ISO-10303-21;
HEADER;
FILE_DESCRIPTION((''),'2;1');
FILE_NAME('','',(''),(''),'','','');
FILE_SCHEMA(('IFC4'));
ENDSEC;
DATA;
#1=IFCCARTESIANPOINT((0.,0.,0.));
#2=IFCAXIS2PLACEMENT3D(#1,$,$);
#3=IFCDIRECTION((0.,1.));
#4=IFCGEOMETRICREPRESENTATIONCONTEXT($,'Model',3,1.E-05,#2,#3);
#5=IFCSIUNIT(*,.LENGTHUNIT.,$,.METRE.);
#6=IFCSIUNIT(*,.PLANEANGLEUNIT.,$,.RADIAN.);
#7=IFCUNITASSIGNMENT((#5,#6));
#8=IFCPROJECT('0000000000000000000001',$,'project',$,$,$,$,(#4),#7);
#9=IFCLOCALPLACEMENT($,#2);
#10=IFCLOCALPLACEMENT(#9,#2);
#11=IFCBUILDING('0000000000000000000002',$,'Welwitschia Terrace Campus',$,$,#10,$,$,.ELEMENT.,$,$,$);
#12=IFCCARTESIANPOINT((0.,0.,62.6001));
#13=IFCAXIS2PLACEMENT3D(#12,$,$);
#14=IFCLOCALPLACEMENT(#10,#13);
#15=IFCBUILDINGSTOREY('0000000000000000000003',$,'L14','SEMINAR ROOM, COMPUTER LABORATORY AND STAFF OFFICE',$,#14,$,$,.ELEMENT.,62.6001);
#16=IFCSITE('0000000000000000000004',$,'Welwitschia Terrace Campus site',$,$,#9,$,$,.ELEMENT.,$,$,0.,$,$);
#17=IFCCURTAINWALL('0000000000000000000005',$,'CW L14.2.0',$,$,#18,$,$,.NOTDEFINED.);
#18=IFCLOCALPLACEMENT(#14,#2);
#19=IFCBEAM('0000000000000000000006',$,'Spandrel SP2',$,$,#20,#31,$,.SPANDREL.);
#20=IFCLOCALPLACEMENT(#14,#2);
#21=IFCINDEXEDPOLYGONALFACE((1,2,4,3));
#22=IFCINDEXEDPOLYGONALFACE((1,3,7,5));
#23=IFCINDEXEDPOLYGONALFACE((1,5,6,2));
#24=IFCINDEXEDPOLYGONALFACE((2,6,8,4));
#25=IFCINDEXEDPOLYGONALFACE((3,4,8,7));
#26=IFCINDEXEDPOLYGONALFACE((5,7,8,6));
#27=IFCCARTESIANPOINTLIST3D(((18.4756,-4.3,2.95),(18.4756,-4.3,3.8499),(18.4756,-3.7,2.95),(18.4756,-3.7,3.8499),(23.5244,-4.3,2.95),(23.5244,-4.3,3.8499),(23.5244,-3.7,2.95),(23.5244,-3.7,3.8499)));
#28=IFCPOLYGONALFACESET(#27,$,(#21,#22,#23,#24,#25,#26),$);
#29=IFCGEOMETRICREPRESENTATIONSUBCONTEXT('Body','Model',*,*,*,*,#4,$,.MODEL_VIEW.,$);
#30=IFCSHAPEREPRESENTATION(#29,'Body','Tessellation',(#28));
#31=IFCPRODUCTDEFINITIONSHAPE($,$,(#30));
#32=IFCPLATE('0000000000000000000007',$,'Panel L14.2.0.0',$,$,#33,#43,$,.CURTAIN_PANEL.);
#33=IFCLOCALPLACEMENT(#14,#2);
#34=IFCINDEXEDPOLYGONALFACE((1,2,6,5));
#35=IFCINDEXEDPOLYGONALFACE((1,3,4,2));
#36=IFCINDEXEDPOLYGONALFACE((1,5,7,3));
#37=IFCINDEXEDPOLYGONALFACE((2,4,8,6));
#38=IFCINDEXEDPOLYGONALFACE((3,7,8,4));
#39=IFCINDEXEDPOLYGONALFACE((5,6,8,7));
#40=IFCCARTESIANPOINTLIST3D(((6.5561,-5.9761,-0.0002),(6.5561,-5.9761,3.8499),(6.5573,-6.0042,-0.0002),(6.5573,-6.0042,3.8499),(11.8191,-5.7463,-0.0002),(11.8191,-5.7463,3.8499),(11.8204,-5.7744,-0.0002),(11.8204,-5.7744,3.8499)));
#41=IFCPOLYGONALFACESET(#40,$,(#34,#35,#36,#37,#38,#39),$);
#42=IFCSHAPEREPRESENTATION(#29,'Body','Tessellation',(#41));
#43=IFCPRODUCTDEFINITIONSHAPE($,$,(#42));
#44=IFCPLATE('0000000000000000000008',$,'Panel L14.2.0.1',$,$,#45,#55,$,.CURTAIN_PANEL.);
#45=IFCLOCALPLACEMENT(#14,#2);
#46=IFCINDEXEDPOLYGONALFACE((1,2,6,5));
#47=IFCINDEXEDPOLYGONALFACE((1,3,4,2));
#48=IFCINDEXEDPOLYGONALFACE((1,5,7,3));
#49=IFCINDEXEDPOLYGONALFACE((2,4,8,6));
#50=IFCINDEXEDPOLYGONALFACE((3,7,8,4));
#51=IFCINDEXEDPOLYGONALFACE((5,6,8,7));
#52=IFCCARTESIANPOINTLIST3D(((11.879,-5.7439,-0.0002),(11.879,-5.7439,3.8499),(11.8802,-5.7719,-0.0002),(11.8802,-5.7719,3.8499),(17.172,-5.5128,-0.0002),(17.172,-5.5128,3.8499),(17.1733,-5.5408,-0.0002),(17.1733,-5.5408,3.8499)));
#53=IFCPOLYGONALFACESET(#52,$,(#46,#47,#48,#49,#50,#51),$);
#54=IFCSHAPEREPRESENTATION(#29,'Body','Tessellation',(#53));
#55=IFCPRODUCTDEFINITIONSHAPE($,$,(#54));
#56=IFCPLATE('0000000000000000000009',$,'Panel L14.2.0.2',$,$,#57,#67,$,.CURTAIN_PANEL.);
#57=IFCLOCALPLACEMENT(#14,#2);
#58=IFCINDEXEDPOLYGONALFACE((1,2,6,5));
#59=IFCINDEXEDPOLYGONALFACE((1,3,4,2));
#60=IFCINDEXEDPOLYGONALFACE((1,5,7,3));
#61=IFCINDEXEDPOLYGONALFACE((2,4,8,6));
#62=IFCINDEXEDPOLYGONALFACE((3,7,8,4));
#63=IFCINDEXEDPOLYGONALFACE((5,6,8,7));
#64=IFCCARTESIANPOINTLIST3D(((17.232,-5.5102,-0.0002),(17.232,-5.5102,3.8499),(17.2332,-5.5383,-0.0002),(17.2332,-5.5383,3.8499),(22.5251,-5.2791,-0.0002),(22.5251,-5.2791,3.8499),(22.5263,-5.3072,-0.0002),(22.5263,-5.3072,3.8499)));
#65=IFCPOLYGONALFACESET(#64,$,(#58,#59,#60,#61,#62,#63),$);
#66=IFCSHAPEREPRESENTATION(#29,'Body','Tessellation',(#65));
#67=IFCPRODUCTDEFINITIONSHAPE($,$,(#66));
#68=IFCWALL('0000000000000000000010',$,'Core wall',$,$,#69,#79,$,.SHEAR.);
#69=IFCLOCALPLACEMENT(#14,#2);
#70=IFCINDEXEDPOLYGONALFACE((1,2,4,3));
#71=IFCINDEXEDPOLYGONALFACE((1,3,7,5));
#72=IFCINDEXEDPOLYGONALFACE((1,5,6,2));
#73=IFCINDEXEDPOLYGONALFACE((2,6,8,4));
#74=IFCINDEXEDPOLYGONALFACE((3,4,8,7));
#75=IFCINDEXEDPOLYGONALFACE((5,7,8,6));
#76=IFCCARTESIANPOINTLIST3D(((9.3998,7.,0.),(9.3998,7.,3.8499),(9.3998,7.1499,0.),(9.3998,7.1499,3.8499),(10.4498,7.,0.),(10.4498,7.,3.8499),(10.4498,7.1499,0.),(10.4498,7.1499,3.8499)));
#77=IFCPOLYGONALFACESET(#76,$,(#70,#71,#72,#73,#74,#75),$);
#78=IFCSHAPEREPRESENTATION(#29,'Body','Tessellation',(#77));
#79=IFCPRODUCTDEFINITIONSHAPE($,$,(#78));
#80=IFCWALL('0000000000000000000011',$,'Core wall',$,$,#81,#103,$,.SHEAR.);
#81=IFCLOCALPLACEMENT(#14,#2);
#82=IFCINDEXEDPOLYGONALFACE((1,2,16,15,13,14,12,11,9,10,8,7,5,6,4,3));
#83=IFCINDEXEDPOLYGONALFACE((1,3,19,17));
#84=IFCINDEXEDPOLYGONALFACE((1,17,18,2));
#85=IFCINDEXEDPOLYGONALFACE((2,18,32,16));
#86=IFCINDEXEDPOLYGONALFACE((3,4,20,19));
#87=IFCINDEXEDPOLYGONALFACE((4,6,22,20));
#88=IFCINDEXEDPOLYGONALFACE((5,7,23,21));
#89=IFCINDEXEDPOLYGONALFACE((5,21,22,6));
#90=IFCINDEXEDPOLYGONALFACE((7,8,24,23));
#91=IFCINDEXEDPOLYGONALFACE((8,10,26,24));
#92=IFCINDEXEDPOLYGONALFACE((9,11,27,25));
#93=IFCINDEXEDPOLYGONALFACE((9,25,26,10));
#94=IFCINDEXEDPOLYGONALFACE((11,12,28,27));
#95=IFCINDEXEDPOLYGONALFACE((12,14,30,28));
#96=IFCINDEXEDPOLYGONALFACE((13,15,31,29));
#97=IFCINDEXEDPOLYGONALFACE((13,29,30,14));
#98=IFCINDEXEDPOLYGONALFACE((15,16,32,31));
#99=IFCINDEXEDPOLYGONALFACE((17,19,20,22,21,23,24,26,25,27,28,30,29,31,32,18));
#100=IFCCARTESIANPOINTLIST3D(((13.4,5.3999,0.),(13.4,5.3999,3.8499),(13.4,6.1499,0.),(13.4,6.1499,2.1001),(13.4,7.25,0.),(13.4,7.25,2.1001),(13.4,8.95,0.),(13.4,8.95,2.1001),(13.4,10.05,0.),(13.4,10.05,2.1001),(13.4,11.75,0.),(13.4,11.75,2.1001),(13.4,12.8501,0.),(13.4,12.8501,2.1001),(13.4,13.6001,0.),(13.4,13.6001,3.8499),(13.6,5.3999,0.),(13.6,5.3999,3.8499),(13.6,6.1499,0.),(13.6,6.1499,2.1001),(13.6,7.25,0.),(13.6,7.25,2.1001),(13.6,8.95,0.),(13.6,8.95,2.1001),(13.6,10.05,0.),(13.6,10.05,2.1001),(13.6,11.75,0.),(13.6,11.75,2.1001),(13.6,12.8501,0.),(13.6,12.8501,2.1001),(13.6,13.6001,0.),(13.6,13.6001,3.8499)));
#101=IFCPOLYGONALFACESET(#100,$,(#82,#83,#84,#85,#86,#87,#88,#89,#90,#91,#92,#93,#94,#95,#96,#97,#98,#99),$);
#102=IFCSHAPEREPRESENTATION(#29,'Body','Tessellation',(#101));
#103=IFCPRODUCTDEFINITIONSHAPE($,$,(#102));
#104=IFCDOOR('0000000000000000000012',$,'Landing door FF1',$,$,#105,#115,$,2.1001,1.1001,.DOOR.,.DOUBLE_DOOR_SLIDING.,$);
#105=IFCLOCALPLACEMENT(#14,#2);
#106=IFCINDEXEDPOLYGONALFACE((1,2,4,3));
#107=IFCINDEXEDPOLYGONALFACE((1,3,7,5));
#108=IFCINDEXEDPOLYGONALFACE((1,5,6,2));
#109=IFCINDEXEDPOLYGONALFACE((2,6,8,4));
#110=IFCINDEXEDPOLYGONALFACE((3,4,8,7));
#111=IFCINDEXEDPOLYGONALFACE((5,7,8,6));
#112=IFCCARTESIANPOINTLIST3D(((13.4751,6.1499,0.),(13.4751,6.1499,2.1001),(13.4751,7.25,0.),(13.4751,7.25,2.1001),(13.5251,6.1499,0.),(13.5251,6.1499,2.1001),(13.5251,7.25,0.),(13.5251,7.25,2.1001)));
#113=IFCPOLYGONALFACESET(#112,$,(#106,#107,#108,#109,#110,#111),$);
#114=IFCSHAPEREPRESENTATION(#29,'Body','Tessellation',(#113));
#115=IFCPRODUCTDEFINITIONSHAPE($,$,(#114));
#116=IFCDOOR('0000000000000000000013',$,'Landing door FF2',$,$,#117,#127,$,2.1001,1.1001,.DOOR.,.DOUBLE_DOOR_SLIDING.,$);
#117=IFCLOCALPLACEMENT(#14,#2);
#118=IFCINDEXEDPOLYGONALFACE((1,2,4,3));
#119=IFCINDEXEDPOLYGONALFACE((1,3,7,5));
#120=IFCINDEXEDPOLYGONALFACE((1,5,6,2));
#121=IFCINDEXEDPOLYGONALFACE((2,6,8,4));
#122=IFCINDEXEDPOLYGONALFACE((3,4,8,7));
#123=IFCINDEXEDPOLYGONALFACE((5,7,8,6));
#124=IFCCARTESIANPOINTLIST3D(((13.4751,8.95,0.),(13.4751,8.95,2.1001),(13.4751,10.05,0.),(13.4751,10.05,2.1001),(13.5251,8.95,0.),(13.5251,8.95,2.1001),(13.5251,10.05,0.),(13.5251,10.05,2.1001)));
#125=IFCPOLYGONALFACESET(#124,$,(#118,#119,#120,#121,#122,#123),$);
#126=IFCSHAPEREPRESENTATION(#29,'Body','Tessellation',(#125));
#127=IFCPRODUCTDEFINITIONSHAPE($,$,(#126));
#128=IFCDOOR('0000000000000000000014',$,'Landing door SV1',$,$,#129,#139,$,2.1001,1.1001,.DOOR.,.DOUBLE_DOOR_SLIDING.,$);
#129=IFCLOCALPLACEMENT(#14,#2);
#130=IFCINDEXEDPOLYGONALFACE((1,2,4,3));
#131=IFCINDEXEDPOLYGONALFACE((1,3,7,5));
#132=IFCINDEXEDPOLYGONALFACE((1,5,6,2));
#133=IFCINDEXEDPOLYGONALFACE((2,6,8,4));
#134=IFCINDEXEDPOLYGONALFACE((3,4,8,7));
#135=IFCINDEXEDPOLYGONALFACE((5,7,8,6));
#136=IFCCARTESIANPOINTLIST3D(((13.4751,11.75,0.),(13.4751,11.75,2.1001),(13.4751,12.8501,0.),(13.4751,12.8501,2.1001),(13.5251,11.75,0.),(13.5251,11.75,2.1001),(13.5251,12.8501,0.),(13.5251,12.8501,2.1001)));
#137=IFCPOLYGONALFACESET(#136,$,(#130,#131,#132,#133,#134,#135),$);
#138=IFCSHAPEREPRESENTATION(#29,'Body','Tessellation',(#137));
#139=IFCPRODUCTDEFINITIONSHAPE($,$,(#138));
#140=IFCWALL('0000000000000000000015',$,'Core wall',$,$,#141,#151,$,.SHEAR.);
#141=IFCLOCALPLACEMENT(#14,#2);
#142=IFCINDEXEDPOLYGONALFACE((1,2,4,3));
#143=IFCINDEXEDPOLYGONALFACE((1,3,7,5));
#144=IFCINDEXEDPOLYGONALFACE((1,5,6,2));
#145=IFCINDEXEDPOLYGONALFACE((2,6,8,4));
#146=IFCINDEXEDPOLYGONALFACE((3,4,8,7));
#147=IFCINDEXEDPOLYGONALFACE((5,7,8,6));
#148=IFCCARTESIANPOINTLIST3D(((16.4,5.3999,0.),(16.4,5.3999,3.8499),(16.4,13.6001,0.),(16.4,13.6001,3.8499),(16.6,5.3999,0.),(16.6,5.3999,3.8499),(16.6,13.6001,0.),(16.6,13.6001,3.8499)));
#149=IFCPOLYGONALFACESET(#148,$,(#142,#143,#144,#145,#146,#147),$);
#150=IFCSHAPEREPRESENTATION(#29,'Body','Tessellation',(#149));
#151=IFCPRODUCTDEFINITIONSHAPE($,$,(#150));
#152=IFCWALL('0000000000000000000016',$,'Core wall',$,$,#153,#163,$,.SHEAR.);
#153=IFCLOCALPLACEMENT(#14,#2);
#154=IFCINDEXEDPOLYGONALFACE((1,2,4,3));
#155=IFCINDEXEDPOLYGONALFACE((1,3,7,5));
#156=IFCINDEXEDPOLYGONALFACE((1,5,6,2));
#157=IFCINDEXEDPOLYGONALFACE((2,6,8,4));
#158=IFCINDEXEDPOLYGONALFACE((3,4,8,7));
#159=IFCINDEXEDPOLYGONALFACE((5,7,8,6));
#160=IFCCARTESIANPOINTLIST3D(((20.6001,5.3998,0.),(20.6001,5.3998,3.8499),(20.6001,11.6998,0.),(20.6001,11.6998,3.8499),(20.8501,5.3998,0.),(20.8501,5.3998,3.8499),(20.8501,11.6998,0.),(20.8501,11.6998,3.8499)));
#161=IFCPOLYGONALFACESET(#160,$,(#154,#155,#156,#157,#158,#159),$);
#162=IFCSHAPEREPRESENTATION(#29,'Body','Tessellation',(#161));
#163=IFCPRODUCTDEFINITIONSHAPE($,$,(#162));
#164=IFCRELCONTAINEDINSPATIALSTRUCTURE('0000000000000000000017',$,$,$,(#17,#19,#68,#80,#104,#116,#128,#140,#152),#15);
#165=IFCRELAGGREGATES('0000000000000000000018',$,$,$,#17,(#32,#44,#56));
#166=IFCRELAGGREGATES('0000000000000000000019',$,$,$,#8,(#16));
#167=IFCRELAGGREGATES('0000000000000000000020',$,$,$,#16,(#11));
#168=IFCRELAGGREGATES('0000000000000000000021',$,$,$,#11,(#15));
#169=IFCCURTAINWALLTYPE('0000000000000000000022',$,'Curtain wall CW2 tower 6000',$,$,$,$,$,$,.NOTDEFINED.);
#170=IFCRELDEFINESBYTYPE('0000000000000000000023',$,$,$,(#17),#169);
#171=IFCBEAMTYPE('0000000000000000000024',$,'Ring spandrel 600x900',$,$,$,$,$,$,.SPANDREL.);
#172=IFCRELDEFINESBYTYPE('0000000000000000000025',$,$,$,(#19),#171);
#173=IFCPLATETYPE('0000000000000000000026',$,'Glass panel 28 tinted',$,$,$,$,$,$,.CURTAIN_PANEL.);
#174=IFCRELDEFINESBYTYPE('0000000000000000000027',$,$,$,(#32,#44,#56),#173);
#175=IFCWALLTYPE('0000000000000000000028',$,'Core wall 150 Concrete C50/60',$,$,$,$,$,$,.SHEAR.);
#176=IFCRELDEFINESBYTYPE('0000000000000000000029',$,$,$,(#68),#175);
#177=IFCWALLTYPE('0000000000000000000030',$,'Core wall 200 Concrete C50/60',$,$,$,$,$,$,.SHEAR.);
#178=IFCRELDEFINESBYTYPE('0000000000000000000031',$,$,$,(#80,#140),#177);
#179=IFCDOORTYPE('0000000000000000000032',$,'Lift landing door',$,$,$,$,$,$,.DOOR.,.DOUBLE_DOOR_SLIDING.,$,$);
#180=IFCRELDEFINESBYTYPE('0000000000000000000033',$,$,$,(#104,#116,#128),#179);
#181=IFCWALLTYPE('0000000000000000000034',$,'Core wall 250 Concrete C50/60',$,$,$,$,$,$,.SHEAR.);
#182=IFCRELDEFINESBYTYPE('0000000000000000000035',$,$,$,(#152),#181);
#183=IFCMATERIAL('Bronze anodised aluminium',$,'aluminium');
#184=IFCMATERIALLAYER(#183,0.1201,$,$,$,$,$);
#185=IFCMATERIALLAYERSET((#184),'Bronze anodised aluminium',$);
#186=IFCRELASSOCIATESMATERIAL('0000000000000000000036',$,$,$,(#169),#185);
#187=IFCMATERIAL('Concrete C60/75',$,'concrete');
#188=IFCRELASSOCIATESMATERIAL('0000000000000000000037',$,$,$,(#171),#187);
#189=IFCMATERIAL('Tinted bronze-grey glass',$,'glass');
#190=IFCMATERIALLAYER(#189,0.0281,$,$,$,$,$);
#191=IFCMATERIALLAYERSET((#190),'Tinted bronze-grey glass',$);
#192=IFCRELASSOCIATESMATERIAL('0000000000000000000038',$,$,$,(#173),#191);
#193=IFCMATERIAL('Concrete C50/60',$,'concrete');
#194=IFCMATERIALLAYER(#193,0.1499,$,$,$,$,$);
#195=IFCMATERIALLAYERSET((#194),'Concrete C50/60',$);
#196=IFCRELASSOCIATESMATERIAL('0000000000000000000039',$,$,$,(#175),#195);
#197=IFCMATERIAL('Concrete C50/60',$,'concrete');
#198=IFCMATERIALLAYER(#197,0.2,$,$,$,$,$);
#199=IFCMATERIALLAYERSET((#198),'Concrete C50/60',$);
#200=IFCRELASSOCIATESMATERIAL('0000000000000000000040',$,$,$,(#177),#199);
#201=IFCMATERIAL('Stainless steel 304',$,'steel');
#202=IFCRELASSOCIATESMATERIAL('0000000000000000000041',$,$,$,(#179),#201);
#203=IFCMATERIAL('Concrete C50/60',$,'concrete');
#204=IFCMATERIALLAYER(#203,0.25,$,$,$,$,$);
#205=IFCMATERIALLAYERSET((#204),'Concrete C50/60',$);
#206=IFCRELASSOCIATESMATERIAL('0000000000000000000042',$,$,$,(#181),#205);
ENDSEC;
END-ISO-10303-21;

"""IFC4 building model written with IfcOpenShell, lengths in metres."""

from ifc_helpers import new_model, si_unit, direction, frame, frame_2d, origin, origin_2d, place, context, subcontext, project, spatial, rectangle, extrude, material, layer, layer_set, material_profile, profile_set, type_object, element, fill, aggregate, save


model = new_model("IFC4")

# Units and contexts
model_context = context("Model", 3, precision=1e-05, world=origin(), true_north=direction((0.0, 1.0)))
body_context = subcontext(model_context, "Body", "Model", "MODEL_VIEW")
ifc_project = project(units=[si_unit("LENGTHUNIT", "METRE"), si_unit("PLANEANGLEUNIT", "RADIAN")], contexts=[model_context])

# Site, building, storey
site_placement = place(None, origin())
site = spatial("IfcSite", under=ifc_project, at=site_placement, Name="Welwitschia Terrace Campus site", CompositionType="ELEMENT", RefElevation=0.0)
building_placement = place(site_placement, origin())
building = spatial("IfcBuilding", under=site, at=building_placement, Name="Welwitschia Terrace Campus", CompositionType="ELEMENT")
storey_placement = place(building_placement, frame((0.0, 0.0, 62.6001)))
storey = spatial("IfcBuildingStorey", under=building, at=storey_placement, Name="L14", Description="SEMINAR ROOM, COMPUTER LABORATORY AND STAFF OFFICE", CompositionType="ELEMENT", Elevation=62.6001)

# Curtain wall
ifc_material_1 = material(Name="Bronze anodised aluminium", Category="aluminium")
ifc_layer_1 = layer(ifc_material_1, 0.1201)
ifc_layer_set_1 = layer_set([ifc_layer_1], Name="Bronze anodised aluminium")
curtain_wall_type = type_object("IfcCurtainWallType", Name="Curtain wall CW2 tower 6000", PredefinedType="NOTDEFINED", material=ifc_layer_set_1)
curtain_wall_placement = place(storey_placement, origin())
curtain_wall = element("IfcCurtainWall", 1, at=curtain_wall_placement, inside=storey, type_object=curtain_wall_type, Name="CW L14.2.0", PredefinedType="NOTDEFINED")

# Beam
ifc_material_2 = material(Name="Concrete C60/75", Category="concrete")
ifc_material_profile_1 = material_profile(ifc_material_2, rectangle(XDim=0.6001, YDim=0.8999, at=origin_2d()))
ifc_profile_set_1 = profile_set([ifc_material_profile_1], Name="Concrete C60/75")
beam_type_1 = type_object("IfcBeamType", Name="Ring spandrel 600x900", PredefinedType="SPANDREL", material=ifc_profile_set_1)
for number, where, z_axis, x_axis, name in (
    (2, (18.4756, -4.0, 3.3999), (1.0, 0.0, 0.0), (0.0, 1.0, 0.0), "Spandrel SP2"),
):
    element("IfcBeam", number, at=place(storey_placement, frame(where, z_axis=z_axis, x_axis=x_axis)), inside=storey, type_object=beam_type_1, Name=name, PredefinedType="SPANDREL", context=body_context, shape_type="SweptSolid", body=[
        extrude(rectangle(XDim=0.6001, YDim=0.8999, at=origin_2d()), origin(), (0.0, 0.0, 1.0), 5.0488),
    ])

# Plates
ifc_material_3 = material(Name="Tinted bronze-grey glass", Category="glass")
ifc_layer_2 = layer(ifc_material_3, 0.0281)
ifc_layer_set_2 = layer_set([ifc_layer_2], Name="Tinted bronze-grey glass")
plate_type = type_object("IfcPlateType", Name="Glass panel 28 tinted", PredefinedType="CURTAIN_PANEL", material=ifc_layer_set_2)
plate_1_placement = place(storey_placement, frame((9.1882, -5.8752, -0.0002), z_axis=(0.0, 0.0, 1.0), x_axis=(0.999048, 0.043619, 0.0)))
plate_1 = element("IfcPlate", 3, at=plate_1_placement, type_object=plate_type, Name="Panel L14.2.0.0", PredefinedType="CURTAIN_PANEL", context=body_context, shape_type="SweptSolid", body=[
    extrude(rectangle(XDim=5.2681, YDim=0.0281, at=origin_2d()), origin(), (0.0, 0.0, 1.0), 3.8501),
])
plate_2_placement = place(storey_placement, frame((14.5261, -5.6423, -0.0002), z_axis=(0.0, 0.0, 1.0), x_axis=(0.999048, 0.043619, 0.0)))
plate_2 = element("IfcPlate", 4, at=plate_2_placement, type_object=plate_type, Name="Panel L14.2.0.1", PredefinedType="CURTAIN_PANEL", context=body_context, shape_type="SweptSolid", body=[
    extrude(rectangle(XDim=5.2981, YDim=0.0281, at=origin_2d()), origin(), (0.0, 0.0, 1.0), 3.8501),
])
plate_3_placement = place(storey_placement, frame((19.8792, -5.4087, -0.0002), z_axis=(0.0, 0.0, 1.0), x_axis=(0.999048, 0.043619, 0.0)))
plate_3 = element("IfcPlate", 5, at=plate_3_placement, type_object=plate_type, Name="Panel L14.2.0.2", PredefinedType="CURTAIN_PANEL", context=body_context, shape_type="SweptSolid", body=[
    extrude(rectangle(XDim=5.2981, YDim=0.0281, at=origin_2d()), origin(), (0.0, 0.0, 1.0), 3.8501),
])
aggregate(curtain_wall, [plate_1, plate_2, plate_3])

# Wall
ifc_material_4 = material(Name="Concrete C50/60", Category="concrete")
ifc_layer_3 = layer(ifc_material_4, 0.1499)
ifc_layer_set_3 = layer_set([ifc_layer_3], Name="Concrete C50/60")
wall_type_1 = type_object("IfcWallType", Name="Core wall 150 Concrete C50/60", PredefinedType="SHEAR", material=ifc_layer_set_3)
wall_1_placement = place(storey_placement, frame((9.3999, 7.075, 0.0), z_axis=(0.0, 0.0, 1.0), x_axis=(1.0, 0.0, 0.0)))
element("IfcWall", 6, at=wall_1_placement, inside=storey, type_object=wall_type_1, Name="Core wall", PredefinedType="SHEAR", context=body_context, shape_type="SweptSolid", body=[
    extrude(rectangle(XDim=1.05, YDim=0.1499, at=frame_2d((0.5249, 0.0))), origin(), (0.0, 0.0, 1.0), 3.8499),
])

# Wall, openings, doors
ifc_material_5 = material(Name="Concrete C50/60", Category="concrete")
ifc_layer_4 = layer(ifc_material_5, 0.2)
ifc_layer_set_4 = layer_set([ifc_layer_4], Name="Concrete C50/60")
wall_type_2 = type_object("IfcWallType", Name="Core wall 200 Concrete C50/60", PredefinedType="SHEAR", material=ifc_layer_set_4)
wall_2_placement = place(storey_placement, frame((13.5, 5.3999, 0.0), z_axis=(0.0, 0.0, 1.0), x_axis=(0.0, 1.0, 0.0)))
wall_2 = element("IfcWall", 7, at=wall_2_placement, inside=storey, type_object=wall_type_2, Name="Core wall", PredefinedType="SHEAR", context=body_context, shape_type="SweptSolid", body=[
    extrude(rectangle(XDim=8.2002, YDim=0.2, at=frame_2d((4.1001, 0.0))), origin(), (0.0, 0.0, 1.0), 3.8499),
])
opening_1_placement = place(wall_2_placement, frame((0.75, 0.0, 0.0)))
opening_1 = element("IfcOpeningElement", 8, at=opening_1_placement, cuts=wall_2, PredefinedType="OPENING", context=body_context, shape_type="SweptSolid", body=[
    extrude(rectangle(XDim=1.1001, YDim=2.1001, at=frame_2d((0.55, 1.05))), frame((0.0, 0.1099, 0.0), z_axis=(0.0, -1.0, 0.0), x_axis=(1.0, 0.0, 0.0)), (0.0, 0.0, 1.0), 0.22),
])
opening_2_placement = place(wall_2_placement, frame((3.55, 0.0, 0.0)))
opening_2 = element("IfcOpeningElement", 9, at=opening_2_placement, cuts=wall_2, PredefinedType="OPENING", context=body_context, shape_type="SweptSolid", body=[
    extrude(rectangle(XDim=1.1001, YDim=2.1001, at=frame_2d((0.55, 1.05))), frame((0.0, 0.1099, 0.0), z_axis=(0.0, -1.0, 0.0), x_axis=(1.0, 0.0, 0.0)), (0.0, 0.0, 1.0), 0.22),
])
opening_3_placement = place(wall_2_placement, frame((6.3501, 0.0, 0.0)))
opening_3 = element("IfcOpeningElement", 10, at=opening_3_placement, cuts=wall_2, PredefinedType="OPENING", context=body_context, shape_type="SweptSolid", body=[
    extrude(rectangle(XDim=1.1001, YDim=2.1001, at=frame_2d((0.55, 1.05))), frame((0.0, 0.1099, 0.0), z_axis=(0.0, -1.0, 0.0), x_axis=(1.0, 0.0, 0.0)), (0.0, 0.0, 1.0), 0.22),
])
ifc_material_6 = material(Name="Stainless steel 304", Category="steel")
door_type = type_object("IfcDoorType", Name="Lift landing door", OperationType="DOUBLE_DOOR_SLIDING", PredefinedType="DOOR", material=ifc_material_6)
door_1_placement = place(opening_1_placement, origin())
door_1 = element("IfcDoor", 11, at=door_1_placement, inside=storey, type_object=door_type, Name="Landing door FF1", OperationType="DOUBLE_DOOR_SLIDING", OverallHeight=2.1001, OverallWidth=1.1001, PredefinedType="DOOR", context=body_context, shape_type="SweptSolid", body=[
    extrude(rectangle(XDim=1.1001, YDim=2.1001, at=frame_2d((0.55, 1.05))), frame((0.0, 0.0249, 0.0), z_axis=(0.0, -1.0, 0.0), x_axis=(1.0, 0.0, 0.0)), (0.0, 0.0, 1.0), 0.05),
])
fill(opening_1, door_1)
door_2_placement = place(opening_2_placement, origin())
door_2 = element("IfcDoor", 12, at=door_2_placement, inside=storey, type_object=door_type, Name="Landing door FF2", OperationType="DOUBLE_DOOR_SLIDING", OverallHeight=2.1001, OverallWidth=1.1001, PredefinedType="DOOR", context=body_context, shape_type="SweptSolid", body=[
    extrude(rectangle(XDim=1.1001, YDim=2.1001, at=frame_2d((0.55, 1.05))), frame((0.0, 0.0249, 0.0), z_axis=(0.0, -1.0, 0.0), x_axis=(1.0, 0.0, 0.0)), (0.0, 0.0, 1.0), 0.05),
])
fill(opening_2, door_2)
door_3_placement = place(opening_3_placement, origin())
door_3 = element("IfcDoor", 13, at=door_3_placement, inside=storey, type_object=door_type, Name="Landing door SV1", OperationType="DOUBLE_DOOR_SLIDING", OverallHeight=2.1001, OverallWidth=1.1001, PredefinedType="DOOR", context=body_context, shape_type="SweptSolid", body=[
    extrude(rectangle(XDim=1.1001, YDim=2.1001, at=frame_2d((0.55, 1.05))), frame((0.0, 0.0249, 0.0), z_axis=(0.0, -1.0, 0.0), x_axis=(1.0, 0.0, 0.0)), (0.0, 0.0, 1.0), 0.05),
])
fill(opening_3, door_3)

# Walls
wall_3_placement = place(storey_placement, frame((16.5, 5.3999, 0.0), z_axis=(0.0, 0.0, 1.0), x_axis=(0.0, 1.0, 0.0)))
element("IfcWall", 14, at=wall_3_placement, inside=storey, type_object=wall_type_2, Name="Core wall", PredefinedType="SHEAR", context=body_context, shape_type="SweptSolid", body=[
    extrude(rectangle(XDim=8.2002, YDim=0.2, at=frame_2d((4.1001, 0.0))), origin(), (0.0, 0.0, 1.0), 3.8499),
])
ifc_material_7 = material(Name="Concrete C50/60", Category="concrete")
ifc_layer_5 = layer(ifc_material_7, 0.25)
ifc_layer_set_5 = layer_set([ifc_layer_5], Name="Concrete C50/60")
wall_type_3 = type_object("IfcWallType", Name="Core wall 250 Concrete C50/60", PredefinedType="SHEAR", material=ifc_layer_set_5)
wall_4_placement = place(storey_placement, frame((20.7251, 5.3999, 0.0), z_axis=(0.0, 0.0, 1.0), x_axis=(0.0, 1.0, 0.0)))
element("IfcWall", 15, at=wall_4_placement, inside=storey, type_object=wall_type_3, Name="Core wall", PredefinedType="SHEAR", context=body_context, shape_type="SweptSolid", body=[
    extrude(rectangle(XDim=6.3, YDim=0.25, at=frame_2d((3.1499, 0.0))), origin(), (0.0, 0.0, 1.0), 3.8499),
])

save(model, "model.ifc")
